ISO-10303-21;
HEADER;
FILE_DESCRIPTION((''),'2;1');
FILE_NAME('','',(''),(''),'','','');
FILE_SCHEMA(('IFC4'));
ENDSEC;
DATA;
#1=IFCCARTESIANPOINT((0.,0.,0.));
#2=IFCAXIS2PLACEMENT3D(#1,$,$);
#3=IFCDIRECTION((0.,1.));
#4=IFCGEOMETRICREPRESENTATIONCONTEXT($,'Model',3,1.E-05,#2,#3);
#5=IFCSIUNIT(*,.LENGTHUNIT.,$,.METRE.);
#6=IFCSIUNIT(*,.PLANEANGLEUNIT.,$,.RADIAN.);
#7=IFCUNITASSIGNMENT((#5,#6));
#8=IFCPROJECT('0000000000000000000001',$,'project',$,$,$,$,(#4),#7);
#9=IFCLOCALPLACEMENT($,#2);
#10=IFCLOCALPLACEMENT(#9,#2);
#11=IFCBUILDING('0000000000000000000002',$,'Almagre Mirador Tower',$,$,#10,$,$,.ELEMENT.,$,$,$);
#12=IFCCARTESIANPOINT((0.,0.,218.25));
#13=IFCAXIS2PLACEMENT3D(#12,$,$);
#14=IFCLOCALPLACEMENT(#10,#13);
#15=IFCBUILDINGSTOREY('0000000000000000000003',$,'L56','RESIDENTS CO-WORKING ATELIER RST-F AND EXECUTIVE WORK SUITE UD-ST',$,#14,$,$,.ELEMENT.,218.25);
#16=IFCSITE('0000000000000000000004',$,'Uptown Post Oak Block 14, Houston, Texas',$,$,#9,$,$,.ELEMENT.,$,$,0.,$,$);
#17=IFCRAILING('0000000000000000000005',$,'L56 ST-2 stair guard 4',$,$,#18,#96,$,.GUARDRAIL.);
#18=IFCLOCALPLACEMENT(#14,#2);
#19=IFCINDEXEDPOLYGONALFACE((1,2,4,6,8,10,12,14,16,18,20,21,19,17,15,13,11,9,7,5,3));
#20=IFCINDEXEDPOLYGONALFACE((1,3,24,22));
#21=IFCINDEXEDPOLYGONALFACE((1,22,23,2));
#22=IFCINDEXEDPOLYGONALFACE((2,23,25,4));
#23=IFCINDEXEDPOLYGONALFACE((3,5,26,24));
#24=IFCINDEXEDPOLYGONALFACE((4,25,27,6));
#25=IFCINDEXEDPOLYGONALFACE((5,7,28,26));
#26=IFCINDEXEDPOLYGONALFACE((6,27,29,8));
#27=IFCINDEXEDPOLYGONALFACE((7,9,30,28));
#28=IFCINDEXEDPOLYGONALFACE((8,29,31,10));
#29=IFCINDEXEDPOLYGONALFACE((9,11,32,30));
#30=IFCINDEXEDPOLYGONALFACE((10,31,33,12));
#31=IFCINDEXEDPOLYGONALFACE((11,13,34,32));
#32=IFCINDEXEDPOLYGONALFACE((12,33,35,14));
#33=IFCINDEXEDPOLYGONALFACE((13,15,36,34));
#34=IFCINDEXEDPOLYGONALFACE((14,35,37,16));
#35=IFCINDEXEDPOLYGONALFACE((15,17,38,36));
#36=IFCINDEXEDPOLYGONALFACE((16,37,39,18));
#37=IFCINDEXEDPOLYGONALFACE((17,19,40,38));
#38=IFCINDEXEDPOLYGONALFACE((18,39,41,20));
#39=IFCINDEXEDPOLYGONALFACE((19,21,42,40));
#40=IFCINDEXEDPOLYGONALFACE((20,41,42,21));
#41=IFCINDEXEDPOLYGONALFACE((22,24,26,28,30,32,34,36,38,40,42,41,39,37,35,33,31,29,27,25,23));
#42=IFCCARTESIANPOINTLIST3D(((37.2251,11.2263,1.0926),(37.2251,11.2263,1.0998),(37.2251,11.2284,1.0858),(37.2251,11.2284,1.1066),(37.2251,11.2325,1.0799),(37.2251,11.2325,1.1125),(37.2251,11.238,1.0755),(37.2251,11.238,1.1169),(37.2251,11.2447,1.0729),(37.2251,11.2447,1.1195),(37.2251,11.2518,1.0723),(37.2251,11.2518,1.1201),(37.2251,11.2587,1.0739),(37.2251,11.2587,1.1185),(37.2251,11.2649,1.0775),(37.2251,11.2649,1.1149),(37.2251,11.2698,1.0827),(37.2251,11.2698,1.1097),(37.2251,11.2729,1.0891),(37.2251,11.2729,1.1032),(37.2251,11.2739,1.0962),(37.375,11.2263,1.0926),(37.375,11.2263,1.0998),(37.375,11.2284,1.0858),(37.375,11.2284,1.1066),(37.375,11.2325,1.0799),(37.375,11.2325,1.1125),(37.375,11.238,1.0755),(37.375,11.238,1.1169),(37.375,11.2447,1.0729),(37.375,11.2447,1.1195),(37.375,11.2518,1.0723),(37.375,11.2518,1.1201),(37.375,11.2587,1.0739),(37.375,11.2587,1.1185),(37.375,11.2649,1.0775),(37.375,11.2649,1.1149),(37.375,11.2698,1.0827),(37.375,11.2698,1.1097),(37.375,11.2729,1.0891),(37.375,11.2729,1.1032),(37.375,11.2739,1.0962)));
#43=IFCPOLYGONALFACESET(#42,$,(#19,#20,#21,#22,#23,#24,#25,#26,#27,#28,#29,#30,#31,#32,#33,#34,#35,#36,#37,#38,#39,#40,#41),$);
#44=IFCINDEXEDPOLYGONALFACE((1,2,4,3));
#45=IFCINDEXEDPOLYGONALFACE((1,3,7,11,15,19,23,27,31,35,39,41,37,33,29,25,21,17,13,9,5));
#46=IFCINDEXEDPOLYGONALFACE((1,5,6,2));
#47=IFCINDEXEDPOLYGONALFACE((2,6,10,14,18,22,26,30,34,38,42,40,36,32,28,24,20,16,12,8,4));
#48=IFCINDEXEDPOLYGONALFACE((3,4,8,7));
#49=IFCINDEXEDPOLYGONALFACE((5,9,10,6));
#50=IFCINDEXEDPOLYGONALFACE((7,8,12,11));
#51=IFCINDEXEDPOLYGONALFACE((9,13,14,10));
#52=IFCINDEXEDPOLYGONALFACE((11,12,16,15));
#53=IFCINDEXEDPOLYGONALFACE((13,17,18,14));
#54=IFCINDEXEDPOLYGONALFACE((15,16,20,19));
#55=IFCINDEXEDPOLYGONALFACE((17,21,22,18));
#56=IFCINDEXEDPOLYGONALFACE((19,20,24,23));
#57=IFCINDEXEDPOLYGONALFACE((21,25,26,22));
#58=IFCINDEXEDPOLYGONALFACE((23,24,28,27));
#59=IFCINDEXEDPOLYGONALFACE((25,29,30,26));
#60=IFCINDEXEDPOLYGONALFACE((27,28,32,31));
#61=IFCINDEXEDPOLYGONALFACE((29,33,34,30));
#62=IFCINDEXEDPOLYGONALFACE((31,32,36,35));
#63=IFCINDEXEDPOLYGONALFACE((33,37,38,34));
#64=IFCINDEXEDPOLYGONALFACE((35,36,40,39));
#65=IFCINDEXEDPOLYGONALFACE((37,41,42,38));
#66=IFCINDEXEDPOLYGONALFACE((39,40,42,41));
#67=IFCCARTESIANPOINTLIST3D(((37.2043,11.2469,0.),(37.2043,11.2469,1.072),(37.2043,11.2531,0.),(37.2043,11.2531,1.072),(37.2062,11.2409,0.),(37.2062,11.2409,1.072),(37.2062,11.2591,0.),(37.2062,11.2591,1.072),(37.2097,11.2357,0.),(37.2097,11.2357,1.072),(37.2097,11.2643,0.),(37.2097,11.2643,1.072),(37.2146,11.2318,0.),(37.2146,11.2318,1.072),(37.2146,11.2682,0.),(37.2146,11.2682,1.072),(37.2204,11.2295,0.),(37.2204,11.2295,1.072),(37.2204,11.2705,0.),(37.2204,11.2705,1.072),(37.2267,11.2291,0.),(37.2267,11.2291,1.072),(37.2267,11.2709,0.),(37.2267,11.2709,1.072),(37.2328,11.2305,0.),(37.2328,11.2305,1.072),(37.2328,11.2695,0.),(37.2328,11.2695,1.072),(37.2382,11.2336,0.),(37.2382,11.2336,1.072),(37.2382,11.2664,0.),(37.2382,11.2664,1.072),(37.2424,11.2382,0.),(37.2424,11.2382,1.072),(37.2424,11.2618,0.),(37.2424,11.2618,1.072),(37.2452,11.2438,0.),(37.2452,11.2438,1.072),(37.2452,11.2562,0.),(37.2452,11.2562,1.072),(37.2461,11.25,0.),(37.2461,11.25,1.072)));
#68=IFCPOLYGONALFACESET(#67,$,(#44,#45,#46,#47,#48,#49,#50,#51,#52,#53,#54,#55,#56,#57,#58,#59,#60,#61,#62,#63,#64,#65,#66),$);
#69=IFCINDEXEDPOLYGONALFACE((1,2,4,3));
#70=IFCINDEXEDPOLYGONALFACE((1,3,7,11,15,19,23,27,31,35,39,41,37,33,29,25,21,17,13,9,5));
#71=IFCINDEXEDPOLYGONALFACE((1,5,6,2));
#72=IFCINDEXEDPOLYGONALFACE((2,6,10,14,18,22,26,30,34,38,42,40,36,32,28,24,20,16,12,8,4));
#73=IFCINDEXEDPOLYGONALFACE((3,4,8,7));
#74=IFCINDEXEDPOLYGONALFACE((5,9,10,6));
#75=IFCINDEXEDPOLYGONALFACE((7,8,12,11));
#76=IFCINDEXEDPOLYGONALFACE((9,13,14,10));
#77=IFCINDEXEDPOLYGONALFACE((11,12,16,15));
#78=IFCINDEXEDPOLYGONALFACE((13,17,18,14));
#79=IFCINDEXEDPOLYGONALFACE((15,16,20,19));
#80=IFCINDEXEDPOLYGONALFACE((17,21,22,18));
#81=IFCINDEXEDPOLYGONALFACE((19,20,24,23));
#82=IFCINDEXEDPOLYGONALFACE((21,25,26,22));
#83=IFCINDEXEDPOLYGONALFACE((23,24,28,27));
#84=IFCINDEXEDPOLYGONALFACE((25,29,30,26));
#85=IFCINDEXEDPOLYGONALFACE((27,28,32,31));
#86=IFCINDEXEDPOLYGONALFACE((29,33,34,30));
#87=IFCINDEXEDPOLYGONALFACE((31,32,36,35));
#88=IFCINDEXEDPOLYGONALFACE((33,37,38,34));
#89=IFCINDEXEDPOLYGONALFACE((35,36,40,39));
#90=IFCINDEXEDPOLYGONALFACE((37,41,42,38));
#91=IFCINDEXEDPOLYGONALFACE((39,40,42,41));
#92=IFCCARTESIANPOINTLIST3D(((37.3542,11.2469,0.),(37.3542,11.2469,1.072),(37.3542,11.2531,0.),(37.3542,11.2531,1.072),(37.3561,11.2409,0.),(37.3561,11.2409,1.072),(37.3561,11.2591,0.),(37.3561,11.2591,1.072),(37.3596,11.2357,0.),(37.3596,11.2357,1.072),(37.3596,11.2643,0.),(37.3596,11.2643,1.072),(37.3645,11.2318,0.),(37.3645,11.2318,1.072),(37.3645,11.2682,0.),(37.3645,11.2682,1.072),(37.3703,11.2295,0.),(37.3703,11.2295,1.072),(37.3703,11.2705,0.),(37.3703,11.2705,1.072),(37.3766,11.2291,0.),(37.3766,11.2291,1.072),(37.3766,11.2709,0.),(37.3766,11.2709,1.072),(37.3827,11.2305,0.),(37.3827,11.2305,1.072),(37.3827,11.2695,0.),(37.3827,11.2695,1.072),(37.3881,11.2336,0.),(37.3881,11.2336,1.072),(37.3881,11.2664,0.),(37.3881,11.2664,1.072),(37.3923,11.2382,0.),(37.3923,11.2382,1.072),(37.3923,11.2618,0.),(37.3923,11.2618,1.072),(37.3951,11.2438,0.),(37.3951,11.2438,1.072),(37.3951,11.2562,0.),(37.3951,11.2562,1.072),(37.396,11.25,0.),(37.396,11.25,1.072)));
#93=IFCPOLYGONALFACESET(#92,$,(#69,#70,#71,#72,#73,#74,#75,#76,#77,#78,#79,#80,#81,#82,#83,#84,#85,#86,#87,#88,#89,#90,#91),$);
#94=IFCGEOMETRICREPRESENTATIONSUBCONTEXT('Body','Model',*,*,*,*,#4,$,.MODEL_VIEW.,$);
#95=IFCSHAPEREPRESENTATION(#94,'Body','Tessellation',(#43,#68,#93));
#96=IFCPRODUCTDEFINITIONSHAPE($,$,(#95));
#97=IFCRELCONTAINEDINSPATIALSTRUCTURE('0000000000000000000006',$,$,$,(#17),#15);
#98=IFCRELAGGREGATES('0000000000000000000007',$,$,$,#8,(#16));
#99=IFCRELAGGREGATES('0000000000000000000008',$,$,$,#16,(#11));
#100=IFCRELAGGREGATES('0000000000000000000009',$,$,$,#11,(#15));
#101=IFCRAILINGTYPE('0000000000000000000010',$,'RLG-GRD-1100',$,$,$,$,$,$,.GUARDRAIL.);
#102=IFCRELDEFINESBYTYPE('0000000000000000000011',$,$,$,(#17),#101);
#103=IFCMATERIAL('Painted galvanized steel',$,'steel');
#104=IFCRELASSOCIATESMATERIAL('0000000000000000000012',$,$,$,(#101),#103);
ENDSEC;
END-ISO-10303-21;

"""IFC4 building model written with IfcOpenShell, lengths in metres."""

from ifc_helpers import new_model, si_unit, direction, frame, origin, origin_2d, place, context, subcontext, project, spatial, circle, extrude, material, type_object, element, save


model = new_model("IFC4")

# Units and contexts
model_context = context("Model", 3, precision=1e-05, world=origin(), true_north=direction((0.0, 1.0)))
body_context = subcontext(model_context, "Body", "Model", "MODEL_VIEW")
ifc_project = project(units=[si_unit("LENGTHUNIT", "METRE"), si_unit("PLANEANGLEUNIT", "RADIAN")], contexts=[model_context])

# Site, building, storey
site_placement = place(None, origin())
site = spatial("IfcSite", under=ifc_project, at=site_placement, Name="Uptown Post Oak Block 14, Houston, Texas", CompositionType="ELEMENT", RefElevation=0.0)
building_placement = place(site_placement, origin())
building = spatial("IfcBuilding", under=site, at=building_placement, Name="Almagre Mirador Tower", CompositionType="ELEMENT")
storey_placement = place(building_placement, frame((0.0, 0.0, 218.25)))
storey = spatial("IfcBuildingStorey", under=building, at=storey_placement, Name="L56", Description="RESIDENTS CO-WORKING ATELIER RST-F AND EXECUTIVE WORK SUITE UD-ST", CompositionType="ELEMENT", Elevation=218.25)

# Railing
ifc_material_1 = material(Name="Painted galvanized steel", Category="steel")
railing_type_1 = type_object("IfcRailingType", Name="RLG-GRD-1100", PredefinedType="GUARDRAIL", material=ifc_material_1)
railing_1_placement = place(storey_placement, frame((37.2251, 11.25, 0.0)))
element("IfcRailing", 1, at=railing_1_placement, inside=storey, type_object=railing_type_1, Name="L56 ST-2 stair guard 4", PredefinedType="GUARDRAIL", context=body_context, shape_type="SweptSolid", body=[
    extrude(circle(Radius=0.0239, at=origin_2d()), frame((0.0, 0.0, 1.0962), z_axis=(1.0, 0.0, 0.0), x_axis=(0.0, 1.0, 0.0)), (0.0, 0.0, 1.0), 0.1499),
    extrude(circle(Radius=0.021, at=origin_2d()), origin(), (0.0, 0.0, 1.0), 1.072),
    extrude(circle(Radius=0.021, at=origin_2d()), frame((0.1499, 0.0, 0.0)), (0.0, 0.0, 1.0), 1.072),
])

save(model, "model.ifc")
